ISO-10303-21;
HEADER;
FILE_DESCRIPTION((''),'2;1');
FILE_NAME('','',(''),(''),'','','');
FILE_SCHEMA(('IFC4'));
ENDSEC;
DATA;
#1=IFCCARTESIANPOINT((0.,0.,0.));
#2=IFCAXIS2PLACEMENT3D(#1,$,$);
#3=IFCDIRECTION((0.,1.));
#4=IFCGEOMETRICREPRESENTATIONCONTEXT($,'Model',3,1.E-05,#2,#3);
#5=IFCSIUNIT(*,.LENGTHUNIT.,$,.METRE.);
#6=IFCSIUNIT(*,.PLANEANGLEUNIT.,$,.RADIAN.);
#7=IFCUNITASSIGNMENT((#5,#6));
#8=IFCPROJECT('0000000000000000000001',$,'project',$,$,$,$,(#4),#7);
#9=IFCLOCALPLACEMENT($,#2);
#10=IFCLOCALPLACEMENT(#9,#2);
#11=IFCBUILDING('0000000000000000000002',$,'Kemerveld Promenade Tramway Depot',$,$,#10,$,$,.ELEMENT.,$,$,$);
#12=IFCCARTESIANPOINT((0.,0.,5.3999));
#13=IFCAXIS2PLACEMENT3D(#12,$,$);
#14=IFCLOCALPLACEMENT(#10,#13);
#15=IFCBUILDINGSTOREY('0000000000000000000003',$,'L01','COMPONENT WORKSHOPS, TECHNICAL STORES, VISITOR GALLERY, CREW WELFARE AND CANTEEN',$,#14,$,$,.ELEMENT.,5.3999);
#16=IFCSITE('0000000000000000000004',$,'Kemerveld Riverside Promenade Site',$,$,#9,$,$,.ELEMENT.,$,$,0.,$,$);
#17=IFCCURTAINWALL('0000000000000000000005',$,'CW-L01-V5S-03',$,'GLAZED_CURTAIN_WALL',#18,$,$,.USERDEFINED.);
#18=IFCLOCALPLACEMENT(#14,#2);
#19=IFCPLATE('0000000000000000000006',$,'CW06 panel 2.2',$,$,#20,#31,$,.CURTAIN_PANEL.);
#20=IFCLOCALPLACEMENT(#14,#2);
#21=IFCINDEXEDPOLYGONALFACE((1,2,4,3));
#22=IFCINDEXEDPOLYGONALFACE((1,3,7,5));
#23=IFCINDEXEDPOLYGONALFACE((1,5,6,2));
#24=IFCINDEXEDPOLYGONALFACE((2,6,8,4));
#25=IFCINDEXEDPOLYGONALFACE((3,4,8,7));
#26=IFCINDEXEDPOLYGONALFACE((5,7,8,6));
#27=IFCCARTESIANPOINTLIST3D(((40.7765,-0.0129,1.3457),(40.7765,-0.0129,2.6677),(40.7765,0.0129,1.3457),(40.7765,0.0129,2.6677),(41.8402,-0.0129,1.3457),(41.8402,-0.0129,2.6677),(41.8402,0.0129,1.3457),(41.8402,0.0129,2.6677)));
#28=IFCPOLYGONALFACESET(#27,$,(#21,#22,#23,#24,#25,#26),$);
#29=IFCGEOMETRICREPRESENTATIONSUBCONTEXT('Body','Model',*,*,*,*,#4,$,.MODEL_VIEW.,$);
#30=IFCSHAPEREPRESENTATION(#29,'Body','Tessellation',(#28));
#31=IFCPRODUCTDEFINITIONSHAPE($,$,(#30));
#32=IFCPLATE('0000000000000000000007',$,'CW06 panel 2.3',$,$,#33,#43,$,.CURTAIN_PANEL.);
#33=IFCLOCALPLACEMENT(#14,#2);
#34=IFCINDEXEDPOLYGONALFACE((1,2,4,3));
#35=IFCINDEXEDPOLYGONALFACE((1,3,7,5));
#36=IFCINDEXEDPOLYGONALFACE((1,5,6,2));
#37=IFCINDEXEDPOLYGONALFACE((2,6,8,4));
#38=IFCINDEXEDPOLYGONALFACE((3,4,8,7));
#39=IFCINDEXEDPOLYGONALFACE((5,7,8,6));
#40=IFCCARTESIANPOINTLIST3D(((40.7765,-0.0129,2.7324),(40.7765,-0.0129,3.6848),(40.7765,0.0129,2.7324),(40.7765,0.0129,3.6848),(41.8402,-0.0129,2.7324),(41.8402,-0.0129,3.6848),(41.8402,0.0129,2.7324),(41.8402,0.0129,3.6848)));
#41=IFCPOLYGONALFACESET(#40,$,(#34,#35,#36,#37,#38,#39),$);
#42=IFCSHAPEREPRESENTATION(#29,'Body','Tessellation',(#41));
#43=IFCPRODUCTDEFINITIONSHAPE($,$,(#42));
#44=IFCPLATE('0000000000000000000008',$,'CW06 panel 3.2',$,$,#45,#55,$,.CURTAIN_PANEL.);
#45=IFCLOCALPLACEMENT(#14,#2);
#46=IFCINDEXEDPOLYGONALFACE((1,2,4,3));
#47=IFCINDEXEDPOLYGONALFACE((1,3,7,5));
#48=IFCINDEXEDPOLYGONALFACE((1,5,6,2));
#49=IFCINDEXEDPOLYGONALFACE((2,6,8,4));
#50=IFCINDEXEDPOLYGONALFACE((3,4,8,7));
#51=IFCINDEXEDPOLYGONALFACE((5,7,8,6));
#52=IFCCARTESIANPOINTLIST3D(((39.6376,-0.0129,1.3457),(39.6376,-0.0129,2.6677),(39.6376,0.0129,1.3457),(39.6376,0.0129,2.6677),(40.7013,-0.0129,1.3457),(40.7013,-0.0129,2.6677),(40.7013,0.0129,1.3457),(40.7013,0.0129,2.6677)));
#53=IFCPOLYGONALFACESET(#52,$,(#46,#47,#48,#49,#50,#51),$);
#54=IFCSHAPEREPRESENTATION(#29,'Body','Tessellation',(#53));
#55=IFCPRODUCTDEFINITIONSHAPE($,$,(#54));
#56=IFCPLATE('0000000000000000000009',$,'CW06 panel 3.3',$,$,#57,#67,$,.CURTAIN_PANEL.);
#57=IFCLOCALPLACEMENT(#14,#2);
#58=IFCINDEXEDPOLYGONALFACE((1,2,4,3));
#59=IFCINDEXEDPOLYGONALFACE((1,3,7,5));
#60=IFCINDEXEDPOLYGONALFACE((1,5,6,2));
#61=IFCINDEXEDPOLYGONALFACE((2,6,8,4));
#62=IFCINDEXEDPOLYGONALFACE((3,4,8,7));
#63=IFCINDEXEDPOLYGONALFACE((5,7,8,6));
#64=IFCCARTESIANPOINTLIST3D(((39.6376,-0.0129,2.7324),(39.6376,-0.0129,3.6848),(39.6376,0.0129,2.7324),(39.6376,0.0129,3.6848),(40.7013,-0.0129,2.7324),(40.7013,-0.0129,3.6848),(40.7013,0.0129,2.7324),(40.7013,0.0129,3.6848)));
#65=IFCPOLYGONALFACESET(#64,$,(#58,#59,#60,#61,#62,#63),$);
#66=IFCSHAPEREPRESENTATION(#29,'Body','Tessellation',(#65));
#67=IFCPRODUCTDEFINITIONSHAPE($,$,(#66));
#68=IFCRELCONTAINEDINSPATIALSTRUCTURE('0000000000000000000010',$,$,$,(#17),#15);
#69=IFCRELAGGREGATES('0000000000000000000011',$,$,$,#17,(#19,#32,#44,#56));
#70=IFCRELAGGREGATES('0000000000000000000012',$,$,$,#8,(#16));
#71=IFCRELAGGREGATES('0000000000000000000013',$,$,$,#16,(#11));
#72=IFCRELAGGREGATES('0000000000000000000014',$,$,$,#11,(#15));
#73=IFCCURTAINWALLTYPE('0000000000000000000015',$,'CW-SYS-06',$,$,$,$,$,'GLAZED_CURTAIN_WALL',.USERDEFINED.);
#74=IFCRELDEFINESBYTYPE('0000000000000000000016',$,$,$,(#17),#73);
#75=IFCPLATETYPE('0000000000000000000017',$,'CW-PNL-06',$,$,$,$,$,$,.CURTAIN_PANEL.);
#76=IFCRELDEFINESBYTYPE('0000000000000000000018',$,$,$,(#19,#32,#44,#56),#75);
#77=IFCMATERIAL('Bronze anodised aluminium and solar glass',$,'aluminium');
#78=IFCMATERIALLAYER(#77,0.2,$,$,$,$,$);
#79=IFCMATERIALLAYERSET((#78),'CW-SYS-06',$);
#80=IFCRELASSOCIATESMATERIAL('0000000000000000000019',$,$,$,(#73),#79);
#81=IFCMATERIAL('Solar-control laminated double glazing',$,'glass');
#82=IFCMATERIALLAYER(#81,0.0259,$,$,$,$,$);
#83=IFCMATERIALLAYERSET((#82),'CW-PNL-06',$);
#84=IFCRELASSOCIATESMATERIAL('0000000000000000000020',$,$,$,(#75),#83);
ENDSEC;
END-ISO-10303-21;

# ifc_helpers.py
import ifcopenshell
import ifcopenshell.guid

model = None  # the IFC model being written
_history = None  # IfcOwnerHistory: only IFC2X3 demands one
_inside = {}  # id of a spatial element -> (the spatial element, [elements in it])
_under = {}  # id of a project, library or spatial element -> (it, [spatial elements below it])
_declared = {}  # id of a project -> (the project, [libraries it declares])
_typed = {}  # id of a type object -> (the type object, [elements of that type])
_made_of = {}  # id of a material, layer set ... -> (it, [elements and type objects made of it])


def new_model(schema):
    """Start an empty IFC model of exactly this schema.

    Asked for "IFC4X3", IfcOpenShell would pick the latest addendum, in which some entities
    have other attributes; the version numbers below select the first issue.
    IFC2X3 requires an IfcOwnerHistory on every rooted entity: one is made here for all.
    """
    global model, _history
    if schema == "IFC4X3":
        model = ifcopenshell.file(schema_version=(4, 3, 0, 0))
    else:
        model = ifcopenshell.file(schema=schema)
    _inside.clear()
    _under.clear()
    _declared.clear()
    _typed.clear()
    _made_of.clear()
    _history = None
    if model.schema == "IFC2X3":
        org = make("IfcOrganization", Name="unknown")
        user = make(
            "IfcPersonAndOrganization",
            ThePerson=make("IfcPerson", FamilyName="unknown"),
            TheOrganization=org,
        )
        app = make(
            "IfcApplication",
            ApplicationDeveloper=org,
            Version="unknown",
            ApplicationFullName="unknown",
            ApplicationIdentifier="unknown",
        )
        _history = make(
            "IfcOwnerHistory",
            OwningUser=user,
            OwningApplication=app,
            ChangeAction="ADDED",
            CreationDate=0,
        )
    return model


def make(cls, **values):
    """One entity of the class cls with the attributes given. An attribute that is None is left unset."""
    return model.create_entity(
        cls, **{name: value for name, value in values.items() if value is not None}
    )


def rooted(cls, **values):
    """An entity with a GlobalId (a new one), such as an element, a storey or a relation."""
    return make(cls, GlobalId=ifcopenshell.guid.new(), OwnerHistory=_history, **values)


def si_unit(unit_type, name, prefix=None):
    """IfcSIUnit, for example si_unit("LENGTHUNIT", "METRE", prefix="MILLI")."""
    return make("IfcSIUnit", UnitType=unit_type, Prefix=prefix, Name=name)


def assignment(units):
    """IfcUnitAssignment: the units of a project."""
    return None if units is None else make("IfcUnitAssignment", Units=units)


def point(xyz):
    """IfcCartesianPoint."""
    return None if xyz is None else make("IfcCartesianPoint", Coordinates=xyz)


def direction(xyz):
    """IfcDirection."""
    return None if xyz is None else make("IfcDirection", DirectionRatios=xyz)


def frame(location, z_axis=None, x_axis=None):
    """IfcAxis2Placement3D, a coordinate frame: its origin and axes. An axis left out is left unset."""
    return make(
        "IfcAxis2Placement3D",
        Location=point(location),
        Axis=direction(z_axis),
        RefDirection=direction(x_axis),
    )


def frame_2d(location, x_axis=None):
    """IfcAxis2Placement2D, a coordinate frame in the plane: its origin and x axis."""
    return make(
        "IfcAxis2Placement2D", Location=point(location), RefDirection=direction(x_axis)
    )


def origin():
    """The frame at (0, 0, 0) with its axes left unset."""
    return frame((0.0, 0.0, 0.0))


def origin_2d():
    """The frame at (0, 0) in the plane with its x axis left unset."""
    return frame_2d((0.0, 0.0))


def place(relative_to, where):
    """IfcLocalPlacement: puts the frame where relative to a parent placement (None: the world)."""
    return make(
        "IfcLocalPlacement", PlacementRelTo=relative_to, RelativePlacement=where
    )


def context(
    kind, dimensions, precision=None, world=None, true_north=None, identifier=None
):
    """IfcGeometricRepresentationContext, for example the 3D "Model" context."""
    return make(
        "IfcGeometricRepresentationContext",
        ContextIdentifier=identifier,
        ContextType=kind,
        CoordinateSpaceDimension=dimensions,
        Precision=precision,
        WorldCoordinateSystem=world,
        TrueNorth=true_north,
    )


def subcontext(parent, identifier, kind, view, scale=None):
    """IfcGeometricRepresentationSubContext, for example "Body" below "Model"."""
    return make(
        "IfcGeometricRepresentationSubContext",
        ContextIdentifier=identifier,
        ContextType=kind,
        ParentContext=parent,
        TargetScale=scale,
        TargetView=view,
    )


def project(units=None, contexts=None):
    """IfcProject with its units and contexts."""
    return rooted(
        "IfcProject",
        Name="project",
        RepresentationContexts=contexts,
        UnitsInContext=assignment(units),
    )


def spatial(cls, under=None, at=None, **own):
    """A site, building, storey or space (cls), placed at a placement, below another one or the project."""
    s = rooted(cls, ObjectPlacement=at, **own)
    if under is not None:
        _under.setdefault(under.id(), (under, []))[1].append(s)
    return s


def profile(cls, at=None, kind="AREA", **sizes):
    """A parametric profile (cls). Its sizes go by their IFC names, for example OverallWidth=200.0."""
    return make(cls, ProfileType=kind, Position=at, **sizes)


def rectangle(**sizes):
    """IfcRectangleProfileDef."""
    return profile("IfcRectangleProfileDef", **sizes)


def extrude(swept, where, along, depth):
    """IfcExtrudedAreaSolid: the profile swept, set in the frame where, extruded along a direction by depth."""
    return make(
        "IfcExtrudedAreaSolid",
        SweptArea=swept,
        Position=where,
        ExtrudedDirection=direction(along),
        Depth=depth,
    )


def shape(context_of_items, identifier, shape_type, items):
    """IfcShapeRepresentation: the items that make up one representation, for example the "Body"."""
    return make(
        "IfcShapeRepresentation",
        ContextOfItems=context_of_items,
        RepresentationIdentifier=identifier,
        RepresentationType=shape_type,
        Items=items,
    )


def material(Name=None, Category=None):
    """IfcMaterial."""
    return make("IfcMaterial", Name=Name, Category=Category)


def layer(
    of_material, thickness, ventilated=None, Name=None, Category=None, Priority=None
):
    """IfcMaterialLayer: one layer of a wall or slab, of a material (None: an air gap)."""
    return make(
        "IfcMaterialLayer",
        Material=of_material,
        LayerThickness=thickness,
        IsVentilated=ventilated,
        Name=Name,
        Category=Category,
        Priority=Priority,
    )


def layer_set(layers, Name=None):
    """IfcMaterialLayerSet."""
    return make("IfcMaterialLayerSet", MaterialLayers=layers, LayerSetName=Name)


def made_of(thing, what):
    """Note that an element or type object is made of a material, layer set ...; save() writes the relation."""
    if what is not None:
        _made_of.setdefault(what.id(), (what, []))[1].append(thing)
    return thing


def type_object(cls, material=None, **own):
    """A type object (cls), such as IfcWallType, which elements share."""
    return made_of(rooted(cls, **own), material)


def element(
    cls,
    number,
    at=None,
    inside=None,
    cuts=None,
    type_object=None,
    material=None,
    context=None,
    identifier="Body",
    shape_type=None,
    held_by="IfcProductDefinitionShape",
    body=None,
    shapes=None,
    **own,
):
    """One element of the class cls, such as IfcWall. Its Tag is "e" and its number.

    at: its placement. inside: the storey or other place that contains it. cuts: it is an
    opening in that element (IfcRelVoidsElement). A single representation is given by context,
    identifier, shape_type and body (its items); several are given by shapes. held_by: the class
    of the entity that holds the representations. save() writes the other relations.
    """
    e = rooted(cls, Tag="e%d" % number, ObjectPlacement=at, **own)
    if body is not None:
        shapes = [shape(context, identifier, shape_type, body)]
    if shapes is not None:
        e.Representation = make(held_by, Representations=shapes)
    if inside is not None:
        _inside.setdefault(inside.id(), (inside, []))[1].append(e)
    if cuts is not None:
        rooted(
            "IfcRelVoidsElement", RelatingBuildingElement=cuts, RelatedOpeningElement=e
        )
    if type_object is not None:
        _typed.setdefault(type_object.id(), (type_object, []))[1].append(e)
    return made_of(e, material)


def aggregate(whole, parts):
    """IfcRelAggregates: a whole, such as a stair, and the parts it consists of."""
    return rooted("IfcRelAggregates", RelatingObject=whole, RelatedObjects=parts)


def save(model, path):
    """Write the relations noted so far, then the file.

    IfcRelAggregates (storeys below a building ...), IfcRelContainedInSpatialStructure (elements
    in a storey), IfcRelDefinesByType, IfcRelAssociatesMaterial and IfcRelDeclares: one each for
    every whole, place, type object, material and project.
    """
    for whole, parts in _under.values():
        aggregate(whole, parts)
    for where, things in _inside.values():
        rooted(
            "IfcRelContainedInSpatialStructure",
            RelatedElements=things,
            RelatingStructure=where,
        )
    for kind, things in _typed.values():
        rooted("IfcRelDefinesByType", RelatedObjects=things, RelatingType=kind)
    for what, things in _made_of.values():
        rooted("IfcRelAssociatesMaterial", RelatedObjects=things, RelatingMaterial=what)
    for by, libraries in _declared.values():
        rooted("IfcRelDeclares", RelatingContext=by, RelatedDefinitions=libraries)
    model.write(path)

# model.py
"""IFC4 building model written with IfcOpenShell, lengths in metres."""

from ifc_helpers import new_model, si_unit, direction, frame, origin, origin_2d, place, context, subcontext, project, spatial, rectangle, extrude, material, layer, layer_set, type_object, element, aggregate, save


model = new_model("IFC4")

# Units and contexts
model_context = context("Model", 3, precision=1e-05, world=origin(), true_north=direction((0.0, 1.0)))
body_context = subcontext(model_context, "Body", "Model", "MODEL_VIEW")
ifc_project = project(units=[si_unit("LENGTHUNIT", "METRE"), si_unit("PLANEANGLEUNIT", "RADIAN")], contexts=[model_context])

# Site, building, storey
site_placement = place(None, origin())
site = spatial("IfcSite", under=ifc_project, at=site_placement, Name="Kemerveld Riverside Promenade Site", CompositionType="ELEMENT", RefElevation=0.0)
building_placement = place(site_placement, origin())
building = spatial("IfcBuilding", under=site, at=building_placement, Name="Kemerveld Promenade Tramway Depot", CompositionType="ELEMENT")
storey_placement = place(building_placement, frame((0.0, 0.0, 5.3999)))
storey = spatial("IfcBuildingStorey", under=building, at=storey_placement, Name="L01", Description="COMPONENT WORKSHOPS, TECHNICAL STORES, VISITOR GALLERY, CREW WELFARE AND CANTEEN", CompositionType="ELEMENT", Elevation=5.3999)

# Curtain wall, plates
ifc_material_1 = material(Name="Bronze anodised aluminium and solar glass", Category="aluminium")
ifc_layer_1 = layer(ifc_material_1, 0.2)
ifc_layer_set_1 = layer_set([ifc_layer_1], Name="CW-SYS-06")
curtain_wall_type = type_object("IfcCurtainWallType", Name="CW-SYS-06", ElementType="GLAZED_CURTAIN_WALL", PredefinedType="USERDEFINED", material=ifc_layer_set_1)
curtain_wall_placement = place(storey_placement, origin())
curtain_wall = element("IfcCurtainWall", 1, at=curtain_wall_placement, inside=storey, type_object=curtain_wall_type, Name="CW-L01-V5S-03", ObjectType="GLAZED_CURTAIN_WALL", PredefinedType="USERDEFINED")
ifc_material_2 = material(Name="Solar-control laminated double glazing", Category="glass")
ifc_layer_2 = layer(ifc_material_2, 0.0259)
ifc_layer_set_2 = layer_set([ifc_layer_2], Name="CW-PNL-06")
plate_type = type_object("IfcPlateType", Name="CW-PNL-06", PredefinedType="CURTAIN_PANEL", material=ifc_layer_set_2)
plate_1_placement = place(storey_placement, frame((41.3083, 0.0, 1.3457), z_axis=(0.0, 0.0, 1.0), x_axis=(-1.0, 0.0, 0.0)))
plate_1 = element("IfcPlate", 2, at=plate_1_placement, type_object=plate_type, Name="CW06 panel 2.2", PredefinedType="CURTAIN_PANEL", context=body_context, shape_type="SweptSolid", body=[
    extrude(rectangle(XDim=1.0637, YDim=0.0259, at=origin_2d()), origin(), (0.0, 0.0, 1.0), 1.322),
])
plate_2_placement = place(storey_placement, frame((41.3083, 0.0, 2.7324), z_axis=(0.0, 0.0, 1.0), x_axis=(-1.0, 0.0, 0.0)))
plate_2 = element("IfcPlate", 3, at=plate_2_placement, type_object=plate_type, Name="CW06 panel 2.3", PredefinedType="CURTAIN_PANEL", context=body_context, shape_type="SweptSolid", body=[
    extrude(rectangle(XDim=1.0637, YDim=0.0259, at=origin_2d()), origin(), (0.0, 0.0, 1.0), 0.9524),
])
plate_3_placement = place(storey_placement, frame((40.1694, 0.0, 1.3457), z_axis=(0.0, 0.0, 1.0), x_axis=(-1.0, 0.0, 0.0)))
plate_3 = element("IfcPlate", 4, at=plate_3_placement, type_object=plate_type, Name="CW06 panel 3.2", PredefinedType="CURTAIN_PANEL", context=body_context, shape_type="SweptSolid", body=[
    extrude(rectangle(XDim=1.0637, YDim=0.0259, at=origin_2d()), origin(), (0.0, 0.0, 1.0), 1.322),
])
plate_4_placement = place(storey_placement, frame((40.1694, 0.0, 2.7324), z_axis=(0.0, 0.0, 1.0), x_axis=(-1.0, 0.0, 0.0)))
plate_4 = element("IfcPlate", 5, at=plate_4_placement, type_object=plate_type, Name="CW06 panel 3.3", PredefinedType="CURTAIN_PANEL", context=body_context, shape_type="SweptSolid", body=[
    extrude(rectangle(XDim=1.0637, YDim=0.0259, at=origin_2d()), origin(), (0.0, 0.0, 1.0), 0.9524),
])
aggregate(curtain_wall, [plate_1, plate_2, plate_3, plate_4])

save(model, "model.ifc")
